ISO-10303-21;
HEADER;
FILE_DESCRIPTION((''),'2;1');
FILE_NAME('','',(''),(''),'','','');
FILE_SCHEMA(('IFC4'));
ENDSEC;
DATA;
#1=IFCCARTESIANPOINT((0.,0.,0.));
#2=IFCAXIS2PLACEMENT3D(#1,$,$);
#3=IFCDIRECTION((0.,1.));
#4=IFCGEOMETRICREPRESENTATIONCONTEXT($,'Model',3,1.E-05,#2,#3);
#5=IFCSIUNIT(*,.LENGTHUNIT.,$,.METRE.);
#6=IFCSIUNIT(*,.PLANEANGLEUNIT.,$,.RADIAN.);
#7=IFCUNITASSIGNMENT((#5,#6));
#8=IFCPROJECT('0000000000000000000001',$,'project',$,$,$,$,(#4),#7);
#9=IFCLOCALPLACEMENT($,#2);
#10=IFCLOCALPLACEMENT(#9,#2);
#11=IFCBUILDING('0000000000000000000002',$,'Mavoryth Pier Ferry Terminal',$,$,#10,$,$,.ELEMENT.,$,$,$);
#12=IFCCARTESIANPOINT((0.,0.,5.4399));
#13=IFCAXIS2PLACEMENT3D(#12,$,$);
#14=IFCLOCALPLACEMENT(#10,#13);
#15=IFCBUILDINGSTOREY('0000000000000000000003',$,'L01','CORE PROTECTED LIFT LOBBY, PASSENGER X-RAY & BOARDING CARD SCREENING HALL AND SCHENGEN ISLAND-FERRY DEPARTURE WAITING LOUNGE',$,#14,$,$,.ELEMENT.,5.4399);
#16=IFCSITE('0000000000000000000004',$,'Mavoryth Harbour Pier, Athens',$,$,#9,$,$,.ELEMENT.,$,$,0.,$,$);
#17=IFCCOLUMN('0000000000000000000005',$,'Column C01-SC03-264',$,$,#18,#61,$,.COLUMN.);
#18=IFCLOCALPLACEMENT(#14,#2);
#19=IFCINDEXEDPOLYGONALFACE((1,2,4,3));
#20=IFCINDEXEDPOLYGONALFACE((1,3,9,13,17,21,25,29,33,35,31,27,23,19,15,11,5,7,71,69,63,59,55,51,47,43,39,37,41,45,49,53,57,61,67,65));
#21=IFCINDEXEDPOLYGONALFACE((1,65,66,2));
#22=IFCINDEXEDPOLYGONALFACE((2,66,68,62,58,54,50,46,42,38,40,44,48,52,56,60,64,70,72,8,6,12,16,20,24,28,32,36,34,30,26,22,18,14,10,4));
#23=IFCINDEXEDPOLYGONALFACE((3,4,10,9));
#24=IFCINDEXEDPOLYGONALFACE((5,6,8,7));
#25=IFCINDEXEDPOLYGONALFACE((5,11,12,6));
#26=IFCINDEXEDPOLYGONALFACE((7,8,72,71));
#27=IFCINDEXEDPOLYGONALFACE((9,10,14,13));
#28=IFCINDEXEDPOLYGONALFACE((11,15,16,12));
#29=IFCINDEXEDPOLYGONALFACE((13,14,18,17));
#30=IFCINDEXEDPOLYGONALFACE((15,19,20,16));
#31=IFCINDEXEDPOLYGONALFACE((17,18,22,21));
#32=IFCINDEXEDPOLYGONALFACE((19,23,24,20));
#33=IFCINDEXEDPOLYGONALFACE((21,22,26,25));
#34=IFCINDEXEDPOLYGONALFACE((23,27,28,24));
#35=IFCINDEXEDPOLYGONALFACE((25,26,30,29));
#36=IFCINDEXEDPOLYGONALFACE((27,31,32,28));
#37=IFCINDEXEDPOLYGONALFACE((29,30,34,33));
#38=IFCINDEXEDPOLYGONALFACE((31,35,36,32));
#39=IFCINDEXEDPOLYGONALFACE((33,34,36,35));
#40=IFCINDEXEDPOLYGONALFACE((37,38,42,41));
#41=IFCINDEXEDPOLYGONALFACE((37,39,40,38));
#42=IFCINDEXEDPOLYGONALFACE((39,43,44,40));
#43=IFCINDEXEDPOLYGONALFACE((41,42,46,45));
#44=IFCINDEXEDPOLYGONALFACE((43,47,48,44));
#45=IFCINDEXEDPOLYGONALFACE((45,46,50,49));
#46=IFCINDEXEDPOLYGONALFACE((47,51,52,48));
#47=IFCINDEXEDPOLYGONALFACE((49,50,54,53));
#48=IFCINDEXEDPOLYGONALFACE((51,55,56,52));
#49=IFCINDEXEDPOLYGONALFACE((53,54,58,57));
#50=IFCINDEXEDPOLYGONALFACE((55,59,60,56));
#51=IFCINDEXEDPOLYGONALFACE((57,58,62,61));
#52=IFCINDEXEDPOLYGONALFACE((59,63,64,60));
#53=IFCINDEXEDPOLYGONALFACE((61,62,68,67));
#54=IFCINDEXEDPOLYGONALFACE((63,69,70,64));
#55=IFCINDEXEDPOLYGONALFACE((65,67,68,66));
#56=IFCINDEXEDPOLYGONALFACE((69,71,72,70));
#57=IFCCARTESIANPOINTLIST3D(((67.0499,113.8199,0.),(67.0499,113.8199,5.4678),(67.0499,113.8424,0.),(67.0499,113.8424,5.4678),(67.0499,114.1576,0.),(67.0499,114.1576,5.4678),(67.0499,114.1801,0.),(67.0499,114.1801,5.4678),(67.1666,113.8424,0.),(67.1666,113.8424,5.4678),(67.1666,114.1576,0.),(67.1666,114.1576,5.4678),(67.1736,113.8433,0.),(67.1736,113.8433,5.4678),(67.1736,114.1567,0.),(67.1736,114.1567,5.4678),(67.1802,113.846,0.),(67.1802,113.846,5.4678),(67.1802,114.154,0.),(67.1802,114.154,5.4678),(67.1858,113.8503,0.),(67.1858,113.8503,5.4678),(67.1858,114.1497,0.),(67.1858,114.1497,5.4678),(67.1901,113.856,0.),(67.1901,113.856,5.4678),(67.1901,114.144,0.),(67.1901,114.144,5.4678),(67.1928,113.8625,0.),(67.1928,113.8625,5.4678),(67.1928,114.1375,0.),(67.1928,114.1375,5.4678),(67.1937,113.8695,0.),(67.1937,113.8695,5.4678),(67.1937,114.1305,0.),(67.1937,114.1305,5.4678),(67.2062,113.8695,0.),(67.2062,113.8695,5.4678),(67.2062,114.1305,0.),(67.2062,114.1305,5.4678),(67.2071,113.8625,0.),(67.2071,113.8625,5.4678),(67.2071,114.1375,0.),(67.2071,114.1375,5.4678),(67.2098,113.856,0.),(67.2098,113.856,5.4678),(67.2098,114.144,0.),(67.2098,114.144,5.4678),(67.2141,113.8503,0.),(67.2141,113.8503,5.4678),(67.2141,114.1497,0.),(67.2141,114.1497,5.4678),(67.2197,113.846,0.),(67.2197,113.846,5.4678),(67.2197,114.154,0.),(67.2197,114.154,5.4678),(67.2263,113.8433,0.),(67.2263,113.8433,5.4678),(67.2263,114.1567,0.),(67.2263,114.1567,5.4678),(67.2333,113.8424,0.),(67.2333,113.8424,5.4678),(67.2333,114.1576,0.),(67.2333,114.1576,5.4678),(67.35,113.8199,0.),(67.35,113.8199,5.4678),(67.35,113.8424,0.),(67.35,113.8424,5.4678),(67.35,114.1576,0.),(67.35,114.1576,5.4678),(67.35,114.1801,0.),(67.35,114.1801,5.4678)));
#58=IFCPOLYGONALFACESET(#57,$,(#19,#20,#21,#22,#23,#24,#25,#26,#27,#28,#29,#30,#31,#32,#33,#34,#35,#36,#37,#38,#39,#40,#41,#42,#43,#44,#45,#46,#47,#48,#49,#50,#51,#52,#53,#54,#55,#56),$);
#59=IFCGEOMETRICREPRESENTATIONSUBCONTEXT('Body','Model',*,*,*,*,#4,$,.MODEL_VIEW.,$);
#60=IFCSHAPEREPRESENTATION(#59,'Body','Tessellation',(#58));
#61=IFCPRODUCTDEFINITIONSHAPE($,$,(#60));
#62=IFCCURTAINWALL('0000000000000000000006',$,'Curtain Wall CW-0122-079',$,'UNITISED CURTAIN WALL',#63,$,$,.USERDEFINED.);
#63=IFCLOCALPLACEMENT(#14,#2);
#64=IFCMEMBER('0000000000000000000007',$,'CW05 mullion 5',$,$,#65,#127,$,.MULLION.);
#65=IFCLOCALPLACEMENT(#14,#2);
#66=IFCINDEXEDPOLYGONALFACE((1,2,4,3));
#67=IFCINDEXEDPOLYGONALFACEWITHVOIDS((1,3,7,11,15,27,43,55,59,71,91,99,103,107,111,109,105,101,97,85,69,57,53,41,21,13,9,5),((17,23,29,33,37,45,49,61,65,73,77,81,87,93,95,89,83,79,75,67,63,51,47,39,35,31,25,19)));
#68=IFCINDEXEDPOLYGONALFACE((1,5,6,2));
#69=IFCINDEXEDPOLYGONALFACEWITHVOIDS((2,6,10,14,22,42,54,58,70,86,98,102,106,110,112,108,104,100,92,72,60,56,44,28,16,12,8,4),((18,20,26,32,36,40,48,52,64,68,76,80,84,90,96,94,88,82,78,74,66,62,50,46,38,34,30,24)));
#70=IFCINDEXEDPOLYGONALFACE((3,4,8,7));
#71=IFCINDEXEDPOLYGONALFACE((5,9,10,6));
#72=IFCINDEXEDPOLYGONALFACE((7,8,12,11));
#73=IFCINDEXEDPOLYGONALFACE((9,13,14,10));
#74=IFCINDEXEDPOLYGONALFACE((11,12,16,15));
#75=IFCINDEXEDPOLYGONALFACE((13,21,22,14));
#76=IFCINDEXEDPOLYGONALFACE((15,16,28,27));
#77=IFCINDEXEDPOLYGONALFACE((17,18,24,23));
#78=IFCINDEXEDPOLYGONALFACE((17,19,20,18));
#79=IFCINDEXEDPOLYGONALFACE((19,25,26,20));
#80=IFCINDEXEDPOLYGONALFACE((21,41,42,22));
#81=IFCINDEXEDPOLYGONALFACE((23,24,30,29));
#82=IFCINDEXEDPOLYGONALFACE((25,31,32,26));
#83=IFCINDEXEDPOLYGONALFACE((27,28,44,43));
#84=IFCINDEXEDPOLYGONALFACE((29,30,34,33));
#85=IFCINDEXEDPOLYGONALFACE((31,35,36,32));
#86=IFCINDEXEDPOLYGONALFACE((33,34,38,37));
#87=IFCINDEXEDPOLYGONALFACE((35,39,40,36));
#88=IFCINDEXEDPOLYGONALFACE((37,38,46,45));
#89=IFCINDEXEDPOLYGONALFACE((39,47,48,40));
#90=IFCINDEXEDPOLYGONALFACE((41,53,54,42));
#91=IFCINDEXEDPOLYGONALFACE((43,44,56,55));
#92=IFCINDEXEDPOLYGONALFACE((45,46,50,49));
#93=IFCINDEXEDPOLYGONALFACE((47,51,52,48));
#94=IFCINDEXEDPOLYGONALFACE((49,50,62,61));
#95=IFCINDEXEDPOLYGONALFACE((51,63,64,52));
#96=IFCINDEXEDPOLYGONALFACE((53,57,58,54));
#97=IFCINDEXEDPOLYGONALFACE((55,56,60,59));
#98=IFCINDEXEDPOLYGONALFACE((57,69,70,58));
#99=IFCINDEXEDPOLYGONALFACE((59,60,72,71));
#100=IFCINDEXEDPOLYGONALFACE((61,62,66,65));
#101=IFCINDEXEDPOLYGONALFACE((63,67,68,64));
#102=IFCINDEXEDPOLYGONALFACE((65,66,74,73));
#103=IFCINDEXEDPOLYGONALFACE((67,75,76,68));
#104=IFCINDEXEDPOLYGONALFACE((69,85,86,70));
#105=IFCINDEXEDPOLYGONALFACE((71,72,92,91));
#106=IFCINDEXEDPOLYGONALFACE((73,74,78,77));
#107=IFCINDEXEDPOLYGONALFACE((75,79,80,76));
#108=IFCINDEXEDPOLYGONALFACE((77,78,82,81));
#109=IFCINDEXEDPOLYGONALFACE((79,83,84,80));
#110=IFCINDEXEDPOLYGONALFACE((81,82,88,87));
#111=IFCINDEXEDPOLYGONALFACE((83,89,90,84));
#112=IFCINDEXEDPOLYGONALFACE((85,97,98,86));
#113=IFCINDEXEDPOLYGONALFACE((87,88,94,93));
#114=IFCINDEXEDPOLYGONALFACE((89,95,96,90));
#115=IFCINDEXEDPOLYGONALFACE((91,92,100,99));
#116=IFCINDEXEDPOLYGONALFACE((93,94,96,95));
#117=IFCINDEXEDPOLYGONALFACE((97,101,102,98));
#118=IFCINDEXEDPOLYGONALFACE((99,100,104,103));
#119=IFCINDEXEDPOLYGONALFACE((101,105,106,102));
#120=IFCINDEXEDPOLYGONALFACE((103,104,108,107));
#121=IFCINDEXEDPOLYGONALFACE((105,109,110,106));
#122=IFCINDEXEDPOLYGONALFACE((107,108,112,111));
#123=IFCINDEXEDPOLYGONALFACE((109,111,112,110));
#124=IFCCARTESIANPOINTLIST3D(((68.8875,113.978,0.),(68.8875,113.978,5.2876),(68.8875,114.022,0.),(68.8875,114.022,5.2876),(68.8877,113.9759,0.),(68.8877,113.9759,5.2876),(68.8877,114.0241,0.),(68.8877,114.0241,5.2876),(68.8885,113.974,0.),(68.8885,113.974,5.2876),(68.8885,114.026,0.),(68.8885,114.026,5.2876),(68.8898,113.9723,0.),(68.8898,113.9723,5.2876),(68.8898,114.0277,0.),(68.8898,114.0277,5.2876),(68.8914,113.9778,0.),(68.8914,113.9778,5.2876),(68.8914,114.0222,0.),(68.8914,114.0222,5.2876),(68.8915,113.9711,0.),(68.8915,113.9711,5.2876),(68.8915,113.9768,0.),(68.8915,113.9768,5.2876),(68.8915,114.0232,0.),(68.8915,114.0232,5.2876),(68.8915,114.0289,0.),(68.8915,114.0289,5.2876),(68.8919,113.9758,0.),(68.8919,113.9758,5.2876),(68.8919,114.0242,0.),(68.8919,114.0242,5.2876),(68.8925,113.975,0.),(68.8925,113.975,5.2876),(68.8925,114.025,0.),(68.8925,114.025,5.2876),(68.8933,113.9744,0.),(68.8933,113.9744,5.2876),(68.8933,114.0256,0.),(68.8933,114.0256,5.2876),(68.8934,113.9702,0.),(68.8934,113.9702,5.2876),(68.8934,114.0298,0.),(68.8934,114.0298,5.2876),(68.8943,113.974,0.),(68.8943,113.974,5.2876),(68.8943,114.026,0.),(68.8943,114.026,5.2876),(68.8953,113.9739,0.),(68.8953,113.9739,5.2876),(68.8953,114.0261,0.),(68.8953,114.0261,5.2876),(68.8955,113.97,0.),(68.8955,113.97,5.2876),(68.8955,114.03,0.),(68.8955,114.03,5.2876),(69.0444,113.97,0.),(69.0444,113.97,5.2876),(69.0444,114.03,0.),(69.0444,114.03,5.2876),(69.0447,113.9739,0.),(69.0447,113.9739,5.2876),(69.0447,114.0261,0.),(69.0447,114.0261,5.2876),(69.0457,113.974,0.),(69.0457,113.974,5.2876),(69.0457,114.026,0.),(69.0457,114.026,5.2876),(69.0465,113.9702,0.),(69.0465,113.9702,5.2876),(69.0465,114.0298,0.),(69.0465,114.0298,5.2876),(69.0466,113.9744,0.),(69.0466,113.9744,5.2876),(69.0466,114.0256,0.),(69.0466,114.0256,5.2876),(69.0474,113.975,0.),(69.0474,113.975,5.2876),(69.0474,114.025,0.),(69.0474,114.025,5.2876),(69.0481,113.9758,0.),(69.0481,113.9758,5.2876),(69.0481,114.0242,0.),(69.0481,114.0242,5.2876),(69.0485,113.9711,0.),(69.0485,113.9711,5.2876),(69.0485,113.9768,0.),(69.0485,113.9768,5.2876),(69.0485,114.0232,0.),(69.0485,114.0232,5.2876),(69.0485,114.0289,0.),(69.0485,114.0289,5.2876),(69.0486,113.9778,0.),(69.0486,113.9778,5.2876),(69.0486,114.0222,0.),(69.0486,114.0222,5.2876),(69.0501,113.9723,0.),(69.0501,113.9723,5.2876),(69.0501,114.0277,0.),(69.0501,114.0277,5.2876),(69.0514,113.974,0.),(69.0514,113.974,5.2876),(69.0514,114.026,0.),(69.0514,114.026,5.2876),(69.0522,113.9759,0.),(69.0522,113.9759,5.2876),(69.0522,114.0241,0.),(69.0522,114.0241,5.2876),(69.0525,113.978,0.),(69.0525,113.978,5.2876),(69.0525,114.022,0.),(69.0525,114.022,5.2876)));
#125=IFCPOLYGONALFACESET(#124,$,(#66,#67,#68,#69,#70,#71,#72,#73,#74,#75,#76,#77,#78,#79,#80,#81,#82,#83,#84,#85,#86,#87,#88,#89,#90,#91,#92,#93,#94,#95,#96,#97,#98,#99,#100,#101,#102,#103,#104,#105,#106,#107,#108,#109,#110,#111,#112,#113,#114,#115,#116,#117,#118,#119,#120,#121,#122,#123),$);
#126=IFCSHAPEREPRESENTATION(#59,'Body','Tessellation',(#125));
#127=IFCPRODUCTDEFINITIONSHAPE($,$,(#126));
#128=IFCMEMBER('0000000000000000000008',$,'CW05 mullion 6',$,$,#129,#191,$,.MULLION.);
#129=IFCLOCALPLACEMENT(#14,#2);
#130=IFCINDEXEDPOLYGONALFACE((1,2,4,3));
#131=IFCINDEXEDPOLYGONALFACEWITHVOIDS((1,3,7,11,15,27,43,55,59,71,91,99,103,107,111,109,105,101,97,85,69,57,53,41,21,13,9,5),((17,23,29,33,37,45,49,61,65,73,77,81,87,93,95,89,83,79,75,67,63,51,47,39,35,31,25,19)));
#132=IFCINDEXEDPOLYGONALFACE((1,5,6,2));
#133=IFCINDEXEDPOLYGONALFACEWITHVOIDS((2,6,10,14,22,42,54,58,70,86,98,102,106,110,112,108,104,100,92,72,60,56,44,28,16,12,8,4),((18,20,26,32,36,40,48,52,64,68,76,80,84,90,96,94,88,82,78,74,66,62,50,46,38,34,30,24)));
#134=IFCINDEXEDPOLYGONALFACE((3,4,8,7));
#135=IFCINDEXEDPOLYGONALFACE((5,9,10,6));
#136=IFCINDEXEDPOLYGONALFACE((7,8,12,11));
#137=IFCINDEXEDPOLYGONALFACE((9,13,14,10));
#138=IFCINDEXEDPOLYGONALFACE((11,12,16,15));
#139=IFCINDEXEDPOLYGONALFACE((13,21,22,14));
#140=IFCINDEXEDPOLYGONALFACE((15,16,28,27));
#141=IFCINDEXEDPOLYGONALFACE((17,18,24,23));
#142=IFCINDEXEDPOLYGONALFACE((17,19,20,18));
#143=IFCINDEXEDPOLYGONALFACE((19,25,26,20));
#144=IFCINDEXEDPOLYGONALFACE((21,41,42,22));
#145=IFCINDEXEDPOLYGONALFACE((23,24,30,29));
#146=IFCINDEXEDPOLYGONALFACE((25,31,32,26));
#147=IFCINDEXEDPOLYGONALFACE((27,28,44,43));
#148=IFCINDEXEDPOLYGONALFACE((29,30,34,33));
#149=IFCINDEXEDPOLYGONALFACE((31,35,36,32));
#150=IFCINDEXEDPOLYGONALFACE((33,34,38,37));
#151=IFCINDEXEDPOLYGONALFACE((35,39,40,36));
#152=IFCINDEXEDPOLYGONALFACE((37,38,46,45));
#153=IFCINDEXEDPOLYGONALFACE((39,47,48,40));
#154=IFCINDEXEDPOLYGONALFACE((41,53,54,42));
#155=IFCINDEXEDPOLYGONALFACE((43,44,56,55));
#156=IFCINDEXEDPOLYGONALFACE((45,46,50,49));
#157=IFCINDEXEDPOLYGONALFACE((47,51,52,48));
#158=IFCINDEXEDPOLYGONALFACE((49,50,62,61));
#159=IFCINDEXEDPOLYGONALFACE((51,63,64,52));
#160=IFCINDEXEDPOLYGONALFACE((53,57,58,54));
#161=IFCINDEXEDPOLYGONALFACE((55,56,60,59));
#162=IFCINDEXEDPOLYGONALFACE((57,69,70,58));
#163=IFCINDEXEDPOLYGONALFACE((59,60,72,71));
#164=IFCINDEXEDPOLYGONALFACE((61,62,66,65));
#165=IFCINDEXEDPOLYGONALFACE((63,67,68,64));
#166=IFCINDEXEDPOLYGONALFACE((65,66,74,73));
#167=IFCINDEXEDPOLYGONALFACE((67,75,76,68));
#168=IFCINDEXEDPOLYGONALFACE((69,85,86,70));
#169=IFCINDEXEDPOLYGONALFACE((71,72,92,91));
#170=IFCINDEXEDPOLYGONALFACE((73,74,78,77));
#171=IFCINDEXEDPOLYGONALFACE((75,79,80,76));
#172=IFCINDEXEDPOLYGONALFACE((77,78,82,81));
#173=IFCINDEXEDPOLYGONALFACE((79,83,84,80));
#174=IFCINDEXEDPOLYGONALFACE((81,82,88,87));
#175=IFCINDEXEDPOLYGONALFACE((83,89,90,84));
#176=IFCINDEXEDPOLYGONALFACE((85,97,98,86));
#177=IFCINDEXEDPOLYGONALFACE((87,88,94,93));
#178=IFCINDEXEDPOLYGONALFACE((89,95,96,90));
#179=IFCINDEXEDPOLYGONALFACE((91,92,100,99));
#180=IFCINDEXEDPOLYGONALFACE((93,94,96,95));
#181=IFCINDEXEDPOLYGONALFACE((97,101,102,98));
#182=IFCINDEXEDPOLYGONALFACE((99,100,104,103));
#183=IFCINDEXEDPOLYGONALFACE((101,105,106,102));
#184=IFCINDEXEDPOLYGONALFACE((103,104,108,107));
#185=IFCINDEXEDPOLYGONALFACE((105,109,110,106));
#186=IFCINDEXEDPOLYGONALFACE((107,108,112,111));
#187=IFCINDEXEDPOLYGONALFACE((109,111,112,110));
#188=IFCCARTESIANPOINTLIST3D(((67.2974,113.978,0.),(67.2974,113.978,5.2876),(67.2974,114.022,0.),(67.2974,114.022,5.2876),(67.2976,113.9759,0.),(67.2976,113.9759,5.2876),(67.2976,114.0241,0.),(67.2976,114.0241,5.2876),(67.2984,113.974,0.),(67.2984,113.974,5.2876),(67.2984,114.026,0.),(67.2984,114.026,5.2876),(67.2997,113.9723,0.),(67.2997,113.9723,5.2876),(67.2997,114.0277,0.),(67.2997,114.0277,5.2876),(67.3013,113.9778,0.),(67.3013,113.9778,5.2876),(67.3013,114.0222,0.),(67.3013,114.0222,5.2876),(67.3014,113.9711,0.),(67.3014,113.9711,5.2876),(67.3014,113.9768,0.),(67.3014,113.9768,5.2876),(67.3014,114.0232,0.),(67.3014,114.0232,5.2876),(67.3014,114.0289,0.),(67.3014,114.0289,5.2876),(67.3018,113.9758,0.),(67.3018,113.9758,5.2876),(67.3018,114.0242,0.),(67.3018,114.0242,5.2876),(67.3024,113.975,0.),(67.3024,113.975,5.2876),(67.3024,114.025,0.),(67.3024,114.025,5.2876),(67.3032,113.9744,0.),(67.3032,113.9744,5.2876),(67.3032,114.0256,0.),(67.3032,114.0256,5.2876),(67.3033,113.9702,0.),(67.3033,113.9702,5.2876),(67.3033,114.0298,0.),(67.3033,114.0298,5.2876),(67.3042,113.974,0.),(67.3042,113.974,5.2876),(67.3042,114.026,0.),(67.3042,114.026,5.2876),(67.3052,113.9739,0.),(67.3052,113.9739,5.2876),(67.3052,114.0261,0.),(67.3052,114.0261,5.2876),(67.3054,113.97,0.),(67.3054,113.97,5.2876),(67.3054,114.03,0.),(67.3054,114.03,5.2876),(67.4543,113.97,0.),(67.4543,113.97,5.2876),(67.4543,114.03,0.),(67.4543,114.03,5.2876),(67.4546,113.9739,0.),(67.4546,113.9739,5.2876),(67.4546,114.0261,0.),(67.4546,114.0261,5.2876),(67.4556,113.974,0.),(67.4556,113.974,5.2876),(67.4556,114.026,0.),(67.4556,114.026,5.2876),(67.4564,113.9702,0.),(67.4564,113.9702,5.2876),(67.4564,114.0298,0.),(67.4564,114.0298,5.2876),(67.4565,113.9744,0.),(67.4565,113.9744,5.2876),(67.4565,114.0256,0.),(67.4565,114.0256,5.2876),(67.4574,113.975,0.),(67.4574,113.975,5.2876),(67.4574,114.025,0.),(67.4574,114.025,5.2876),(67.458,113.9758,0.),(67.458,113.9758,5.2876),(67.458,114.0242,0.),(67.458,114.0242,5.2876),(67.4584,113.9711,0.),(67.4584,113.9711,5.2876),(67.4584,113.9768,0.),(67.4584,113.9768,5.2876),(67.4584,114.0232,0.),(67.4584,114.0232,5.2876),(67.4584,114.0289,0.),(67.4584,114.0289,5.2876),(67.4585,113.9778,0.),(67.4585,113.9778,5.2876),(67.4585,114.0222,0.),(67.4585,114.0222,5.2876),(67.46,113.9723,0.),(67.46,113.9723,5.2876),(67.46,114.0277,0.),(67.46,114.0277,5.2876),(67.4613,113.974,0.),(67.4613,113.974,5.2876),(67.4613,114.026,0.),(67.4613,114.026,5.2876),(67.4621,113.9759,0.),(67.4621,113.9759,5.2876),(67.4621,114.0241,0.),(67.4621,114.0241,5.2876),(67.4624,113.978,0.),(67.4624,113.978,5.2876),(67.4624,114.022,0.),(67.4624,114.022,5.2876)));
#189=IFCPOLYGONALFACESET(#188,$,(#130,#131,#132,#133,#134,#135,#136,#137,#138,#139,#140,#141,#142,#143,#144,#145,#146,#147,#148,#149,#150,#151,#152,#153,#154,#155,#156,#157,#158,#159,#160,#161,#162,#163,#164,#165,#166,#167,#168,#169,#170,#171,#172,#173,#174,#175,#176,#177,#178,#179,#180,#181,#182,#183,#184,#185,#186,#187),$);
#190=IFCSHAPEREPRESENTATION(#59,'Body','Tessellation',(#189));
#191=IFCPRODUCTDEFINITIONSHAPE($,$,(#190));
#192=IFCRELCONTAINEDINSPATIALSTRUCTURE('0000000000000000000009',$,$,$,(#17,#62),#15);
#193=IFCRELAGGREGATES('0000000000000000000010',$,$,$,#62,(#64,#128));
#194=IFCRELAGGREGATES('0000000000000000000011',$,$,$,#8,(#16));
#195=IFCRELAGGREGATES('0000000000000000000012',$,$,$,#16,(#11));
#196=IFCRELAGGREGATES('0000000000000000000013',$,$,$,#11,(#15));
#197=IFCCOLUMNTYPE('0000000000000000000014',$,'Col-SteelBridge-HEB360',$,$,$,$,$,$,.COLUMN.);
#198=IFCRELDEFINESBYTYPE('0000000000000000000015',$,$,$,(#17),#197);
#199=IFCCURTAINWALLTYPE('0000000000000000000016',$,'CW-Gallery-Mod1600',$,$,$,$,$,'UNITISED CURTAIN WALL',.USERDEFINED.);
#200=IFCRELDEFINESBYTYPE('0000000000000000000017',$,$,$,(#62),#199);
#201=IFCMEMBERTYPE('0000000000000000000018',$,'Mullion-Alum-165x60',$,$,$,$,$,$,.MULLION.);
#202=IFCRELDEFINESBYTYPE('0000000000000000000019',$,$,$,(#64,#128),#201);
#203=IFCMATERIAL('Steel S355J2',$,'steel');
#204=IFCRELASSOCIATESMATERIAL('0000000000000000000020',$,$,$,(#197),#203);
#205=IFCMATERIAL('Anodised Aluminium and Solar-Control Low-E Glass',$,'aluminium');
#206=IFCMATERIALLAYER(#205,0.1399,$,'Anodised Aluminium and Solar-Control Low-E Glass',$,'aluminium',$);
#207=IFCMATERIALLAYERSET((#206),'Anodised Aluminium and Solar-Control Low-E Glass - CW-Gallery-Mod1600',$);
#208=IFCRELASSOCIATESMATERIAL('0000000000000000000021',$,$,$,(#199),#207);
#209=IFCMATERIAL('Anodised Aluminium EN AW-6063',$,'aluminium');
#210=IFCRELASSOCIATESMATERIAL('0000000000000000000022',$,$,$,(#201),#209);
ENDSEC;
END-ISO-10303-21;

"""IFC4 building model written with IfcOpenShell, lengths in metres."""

from ifc_helpers import new_model, si_unit, direction, frame, origin, origin_2d, place, context, subcontext, project, spatial, hollow_rectangle, i_section, extrude, material, layer, layer_set, material_profile, profile_set, type_object, element, aggregate, save


model = new_model("IFC4")

# Units and contexts
model_context = context("Model", 3, precision=1e-05, world=origin(), true_north=direction((0.0, 1.0)))
body_context = subcontext(model_context, "Body", "Model", "MODEL_VIEW")
ifc_project = project(units=[si_unit("LENGTHUNIT", "METRE"), si_unit("PLANEANGLEUNIT", "RADIAN")], contexts=[model_context])

# Site, building, storey
site_placement = place(None, origin())
site = spatial("IfcSite", under=ifc_project, at=site_placement, Name="Mavoryth Harbour Pier, Athens", CompositionType="ELEMENT", RefElevation=0.0)
building_placement = place(site_placement, origin())
building = spatial("IfcBuilding", under=site, at=building_placement, Name="Mavoryth Pier Ferry Terminal", CompositionType="ELEMENT")
storey_placement = place(building_placement, frame((0.0, 0.0, 5.4399)))
storey = spatial("IfcBuildingStorey", under=building, at=storey_placement, Name="L01", Description="CORE PROTECTED LIFT LOBBY, PASSENGER X-RAY & BOARDING CARD SCREENING HALL AND SCHENGEN ISLAND-FERRY DEPARTURE WAITING LOUNGE", CompositionType="ELEMENT", Elevation=5.4399)

# Column
ifc_material_1 = material(Name="Steel S355J2", Category="steel")
ifc_material_profile_1 = material_profile(ifc_material_1, i_section(OverallWidth=0.3, OverallDepth=0.3601, WebThickness=0.0125, FlangeThickness=0.0225, FilletRadius=0.0271, at=origin_2d()), Name="HEB 360", Category="steel")
ifc_profile_set_1 = profile_set([ifc_material_profile_1], Name="Steel S355J2 - HEB 360")
column_type = type_object("IfcColumnType", Name="Col-SteelBridge-HEB360", PredefinedType="COLUMN", material=ifc_profile_set_1)
column_placement = place(storey_placement, frame((67.2, 114.0, 0.0), z_axis=(0.0, 0.0, 1.0), x_axis=(1.0, 0.0, 0.0)))
element("IfcColumn", 1, at=column_placement, inside=storey, type_object=column_type, Name="Column C01-SC03-264", PredefinedType="COLUMN", context=body_context, shape_type="SweptSolid", body=[
    extrude(i_section(OverallWidth=0.3, OverallDepth=0.3601, WebThickness=0.0125, FlangeThickness=0.0225, FilletRadius=0.0271, at=origin_2d()), origin(), (0.0, 0.0, 1.0), 5.4678),
])

# Curtain wall, members
ifc_material_2 = material(Name="Anodised Aluminium and Solar-Control Low-E Glass", Category="aluminium")
ifc_layer_1 = layer(ifc_material_2, 0.1399, Name="Anodised Aluminium and Solar-Control Low-E Glass", Category="aluminium")
ifc_layer_set_1 = layer_set([ifc_layer_1], Name="Anodised Aluminium and Solar-Control Low-E Glass - CW-Gallery-Mod1600")
curtain_wall_type = type_object("IfcCurtainWallType", Name="CW-Gallery-Mod1600", ElementType="UNITISED CURTAIN WALL", PredefinedType="USERDEFINED", material=ifc_layer_set_1)
curtain_wall_placement = place(storey_placement, origin())
curtain_wall = element("IfcCurtainWall", 2, at=curtain_wall_placement, inside=storey, type_object=curtain_wall_type, Name="Curtain Wall CW-0122-079", ObjectType="UNITISED CURTAIN WALL", PredefinedType="USERDEFINED")
ifc_material_3 = material(Name="Anodised Aluminium EN AW-6063", Category="aluminium")
ifc_material_profile_2 = material_profile(ifc_material_3, hollow_rectangle(XDim=0.0601, YDim=0.165, WallThickness=0.0039, InnerFilletRadius=0.0039, OuterFilletRadius=0.0081, at=origin_2d()), Name="AL-MULL 165x60x4", Category="aluminium")
ifc_profile_set_2 = profile_set([ifc_material_profile_2], Name="Anodised Aluminium EN AW-6063 - AL-MULL 165x60x4")
member_type_1 = type_object("IfcMemberType", Name="Mullion-Alum-165x60", PredefinedType="MULLION", material=ifc_profile_set_2)
member_1_placement = place(storey_placement, frame((68.97, 114.0, 0.0), z_axis=(0.0, 0.0, 1.0), x_axis=(0.0, -1.0, 0.0)))
member_1 = element("IfcMember", 3, at=member_1_placement, type_object=member_type_1, Name="CW05 mullion 5", PredefinedType="MULLION", context=body_context, shape_type="SweptSolid", body=[
    extrude(hollow_rectangle(XDim=0.0601, YDim=0.165, WallThickness=0.0039, InnerFilletRadius=0.0039, OuterFilletRadius=0.0081, at=origin_2d()), origin(), (0.0, 0.0, 1.0), 5.2876),
])
member_2_placement = place(storey_placement, frame((67.3799, 114.0, 0.0), z_axis=(0.0, 0.0, 1.0), x_axis=(0.0, -1.0, 0.0)))
member_2 = element("IfcMember", 4, at=member_2_placement, type_object=member_type_1, Name="CW05 mullion 6", PredefinedType="MULLION", context=body_context, shape_type="SweptSolid", body=[
    extrude(hollow_rectangle(XDim=0.0601, YDim=0.165, WallThickness=0.0039, InnerFilletRadius=0.0039, OuterFilletRadius=0.0081, at=origin_2d()), origin(), (0.0, 0.0, 1.0), 5.2876),
])

aggregate(curtain_wall, [member_1, member_2])

save(model, "model.ifc")
